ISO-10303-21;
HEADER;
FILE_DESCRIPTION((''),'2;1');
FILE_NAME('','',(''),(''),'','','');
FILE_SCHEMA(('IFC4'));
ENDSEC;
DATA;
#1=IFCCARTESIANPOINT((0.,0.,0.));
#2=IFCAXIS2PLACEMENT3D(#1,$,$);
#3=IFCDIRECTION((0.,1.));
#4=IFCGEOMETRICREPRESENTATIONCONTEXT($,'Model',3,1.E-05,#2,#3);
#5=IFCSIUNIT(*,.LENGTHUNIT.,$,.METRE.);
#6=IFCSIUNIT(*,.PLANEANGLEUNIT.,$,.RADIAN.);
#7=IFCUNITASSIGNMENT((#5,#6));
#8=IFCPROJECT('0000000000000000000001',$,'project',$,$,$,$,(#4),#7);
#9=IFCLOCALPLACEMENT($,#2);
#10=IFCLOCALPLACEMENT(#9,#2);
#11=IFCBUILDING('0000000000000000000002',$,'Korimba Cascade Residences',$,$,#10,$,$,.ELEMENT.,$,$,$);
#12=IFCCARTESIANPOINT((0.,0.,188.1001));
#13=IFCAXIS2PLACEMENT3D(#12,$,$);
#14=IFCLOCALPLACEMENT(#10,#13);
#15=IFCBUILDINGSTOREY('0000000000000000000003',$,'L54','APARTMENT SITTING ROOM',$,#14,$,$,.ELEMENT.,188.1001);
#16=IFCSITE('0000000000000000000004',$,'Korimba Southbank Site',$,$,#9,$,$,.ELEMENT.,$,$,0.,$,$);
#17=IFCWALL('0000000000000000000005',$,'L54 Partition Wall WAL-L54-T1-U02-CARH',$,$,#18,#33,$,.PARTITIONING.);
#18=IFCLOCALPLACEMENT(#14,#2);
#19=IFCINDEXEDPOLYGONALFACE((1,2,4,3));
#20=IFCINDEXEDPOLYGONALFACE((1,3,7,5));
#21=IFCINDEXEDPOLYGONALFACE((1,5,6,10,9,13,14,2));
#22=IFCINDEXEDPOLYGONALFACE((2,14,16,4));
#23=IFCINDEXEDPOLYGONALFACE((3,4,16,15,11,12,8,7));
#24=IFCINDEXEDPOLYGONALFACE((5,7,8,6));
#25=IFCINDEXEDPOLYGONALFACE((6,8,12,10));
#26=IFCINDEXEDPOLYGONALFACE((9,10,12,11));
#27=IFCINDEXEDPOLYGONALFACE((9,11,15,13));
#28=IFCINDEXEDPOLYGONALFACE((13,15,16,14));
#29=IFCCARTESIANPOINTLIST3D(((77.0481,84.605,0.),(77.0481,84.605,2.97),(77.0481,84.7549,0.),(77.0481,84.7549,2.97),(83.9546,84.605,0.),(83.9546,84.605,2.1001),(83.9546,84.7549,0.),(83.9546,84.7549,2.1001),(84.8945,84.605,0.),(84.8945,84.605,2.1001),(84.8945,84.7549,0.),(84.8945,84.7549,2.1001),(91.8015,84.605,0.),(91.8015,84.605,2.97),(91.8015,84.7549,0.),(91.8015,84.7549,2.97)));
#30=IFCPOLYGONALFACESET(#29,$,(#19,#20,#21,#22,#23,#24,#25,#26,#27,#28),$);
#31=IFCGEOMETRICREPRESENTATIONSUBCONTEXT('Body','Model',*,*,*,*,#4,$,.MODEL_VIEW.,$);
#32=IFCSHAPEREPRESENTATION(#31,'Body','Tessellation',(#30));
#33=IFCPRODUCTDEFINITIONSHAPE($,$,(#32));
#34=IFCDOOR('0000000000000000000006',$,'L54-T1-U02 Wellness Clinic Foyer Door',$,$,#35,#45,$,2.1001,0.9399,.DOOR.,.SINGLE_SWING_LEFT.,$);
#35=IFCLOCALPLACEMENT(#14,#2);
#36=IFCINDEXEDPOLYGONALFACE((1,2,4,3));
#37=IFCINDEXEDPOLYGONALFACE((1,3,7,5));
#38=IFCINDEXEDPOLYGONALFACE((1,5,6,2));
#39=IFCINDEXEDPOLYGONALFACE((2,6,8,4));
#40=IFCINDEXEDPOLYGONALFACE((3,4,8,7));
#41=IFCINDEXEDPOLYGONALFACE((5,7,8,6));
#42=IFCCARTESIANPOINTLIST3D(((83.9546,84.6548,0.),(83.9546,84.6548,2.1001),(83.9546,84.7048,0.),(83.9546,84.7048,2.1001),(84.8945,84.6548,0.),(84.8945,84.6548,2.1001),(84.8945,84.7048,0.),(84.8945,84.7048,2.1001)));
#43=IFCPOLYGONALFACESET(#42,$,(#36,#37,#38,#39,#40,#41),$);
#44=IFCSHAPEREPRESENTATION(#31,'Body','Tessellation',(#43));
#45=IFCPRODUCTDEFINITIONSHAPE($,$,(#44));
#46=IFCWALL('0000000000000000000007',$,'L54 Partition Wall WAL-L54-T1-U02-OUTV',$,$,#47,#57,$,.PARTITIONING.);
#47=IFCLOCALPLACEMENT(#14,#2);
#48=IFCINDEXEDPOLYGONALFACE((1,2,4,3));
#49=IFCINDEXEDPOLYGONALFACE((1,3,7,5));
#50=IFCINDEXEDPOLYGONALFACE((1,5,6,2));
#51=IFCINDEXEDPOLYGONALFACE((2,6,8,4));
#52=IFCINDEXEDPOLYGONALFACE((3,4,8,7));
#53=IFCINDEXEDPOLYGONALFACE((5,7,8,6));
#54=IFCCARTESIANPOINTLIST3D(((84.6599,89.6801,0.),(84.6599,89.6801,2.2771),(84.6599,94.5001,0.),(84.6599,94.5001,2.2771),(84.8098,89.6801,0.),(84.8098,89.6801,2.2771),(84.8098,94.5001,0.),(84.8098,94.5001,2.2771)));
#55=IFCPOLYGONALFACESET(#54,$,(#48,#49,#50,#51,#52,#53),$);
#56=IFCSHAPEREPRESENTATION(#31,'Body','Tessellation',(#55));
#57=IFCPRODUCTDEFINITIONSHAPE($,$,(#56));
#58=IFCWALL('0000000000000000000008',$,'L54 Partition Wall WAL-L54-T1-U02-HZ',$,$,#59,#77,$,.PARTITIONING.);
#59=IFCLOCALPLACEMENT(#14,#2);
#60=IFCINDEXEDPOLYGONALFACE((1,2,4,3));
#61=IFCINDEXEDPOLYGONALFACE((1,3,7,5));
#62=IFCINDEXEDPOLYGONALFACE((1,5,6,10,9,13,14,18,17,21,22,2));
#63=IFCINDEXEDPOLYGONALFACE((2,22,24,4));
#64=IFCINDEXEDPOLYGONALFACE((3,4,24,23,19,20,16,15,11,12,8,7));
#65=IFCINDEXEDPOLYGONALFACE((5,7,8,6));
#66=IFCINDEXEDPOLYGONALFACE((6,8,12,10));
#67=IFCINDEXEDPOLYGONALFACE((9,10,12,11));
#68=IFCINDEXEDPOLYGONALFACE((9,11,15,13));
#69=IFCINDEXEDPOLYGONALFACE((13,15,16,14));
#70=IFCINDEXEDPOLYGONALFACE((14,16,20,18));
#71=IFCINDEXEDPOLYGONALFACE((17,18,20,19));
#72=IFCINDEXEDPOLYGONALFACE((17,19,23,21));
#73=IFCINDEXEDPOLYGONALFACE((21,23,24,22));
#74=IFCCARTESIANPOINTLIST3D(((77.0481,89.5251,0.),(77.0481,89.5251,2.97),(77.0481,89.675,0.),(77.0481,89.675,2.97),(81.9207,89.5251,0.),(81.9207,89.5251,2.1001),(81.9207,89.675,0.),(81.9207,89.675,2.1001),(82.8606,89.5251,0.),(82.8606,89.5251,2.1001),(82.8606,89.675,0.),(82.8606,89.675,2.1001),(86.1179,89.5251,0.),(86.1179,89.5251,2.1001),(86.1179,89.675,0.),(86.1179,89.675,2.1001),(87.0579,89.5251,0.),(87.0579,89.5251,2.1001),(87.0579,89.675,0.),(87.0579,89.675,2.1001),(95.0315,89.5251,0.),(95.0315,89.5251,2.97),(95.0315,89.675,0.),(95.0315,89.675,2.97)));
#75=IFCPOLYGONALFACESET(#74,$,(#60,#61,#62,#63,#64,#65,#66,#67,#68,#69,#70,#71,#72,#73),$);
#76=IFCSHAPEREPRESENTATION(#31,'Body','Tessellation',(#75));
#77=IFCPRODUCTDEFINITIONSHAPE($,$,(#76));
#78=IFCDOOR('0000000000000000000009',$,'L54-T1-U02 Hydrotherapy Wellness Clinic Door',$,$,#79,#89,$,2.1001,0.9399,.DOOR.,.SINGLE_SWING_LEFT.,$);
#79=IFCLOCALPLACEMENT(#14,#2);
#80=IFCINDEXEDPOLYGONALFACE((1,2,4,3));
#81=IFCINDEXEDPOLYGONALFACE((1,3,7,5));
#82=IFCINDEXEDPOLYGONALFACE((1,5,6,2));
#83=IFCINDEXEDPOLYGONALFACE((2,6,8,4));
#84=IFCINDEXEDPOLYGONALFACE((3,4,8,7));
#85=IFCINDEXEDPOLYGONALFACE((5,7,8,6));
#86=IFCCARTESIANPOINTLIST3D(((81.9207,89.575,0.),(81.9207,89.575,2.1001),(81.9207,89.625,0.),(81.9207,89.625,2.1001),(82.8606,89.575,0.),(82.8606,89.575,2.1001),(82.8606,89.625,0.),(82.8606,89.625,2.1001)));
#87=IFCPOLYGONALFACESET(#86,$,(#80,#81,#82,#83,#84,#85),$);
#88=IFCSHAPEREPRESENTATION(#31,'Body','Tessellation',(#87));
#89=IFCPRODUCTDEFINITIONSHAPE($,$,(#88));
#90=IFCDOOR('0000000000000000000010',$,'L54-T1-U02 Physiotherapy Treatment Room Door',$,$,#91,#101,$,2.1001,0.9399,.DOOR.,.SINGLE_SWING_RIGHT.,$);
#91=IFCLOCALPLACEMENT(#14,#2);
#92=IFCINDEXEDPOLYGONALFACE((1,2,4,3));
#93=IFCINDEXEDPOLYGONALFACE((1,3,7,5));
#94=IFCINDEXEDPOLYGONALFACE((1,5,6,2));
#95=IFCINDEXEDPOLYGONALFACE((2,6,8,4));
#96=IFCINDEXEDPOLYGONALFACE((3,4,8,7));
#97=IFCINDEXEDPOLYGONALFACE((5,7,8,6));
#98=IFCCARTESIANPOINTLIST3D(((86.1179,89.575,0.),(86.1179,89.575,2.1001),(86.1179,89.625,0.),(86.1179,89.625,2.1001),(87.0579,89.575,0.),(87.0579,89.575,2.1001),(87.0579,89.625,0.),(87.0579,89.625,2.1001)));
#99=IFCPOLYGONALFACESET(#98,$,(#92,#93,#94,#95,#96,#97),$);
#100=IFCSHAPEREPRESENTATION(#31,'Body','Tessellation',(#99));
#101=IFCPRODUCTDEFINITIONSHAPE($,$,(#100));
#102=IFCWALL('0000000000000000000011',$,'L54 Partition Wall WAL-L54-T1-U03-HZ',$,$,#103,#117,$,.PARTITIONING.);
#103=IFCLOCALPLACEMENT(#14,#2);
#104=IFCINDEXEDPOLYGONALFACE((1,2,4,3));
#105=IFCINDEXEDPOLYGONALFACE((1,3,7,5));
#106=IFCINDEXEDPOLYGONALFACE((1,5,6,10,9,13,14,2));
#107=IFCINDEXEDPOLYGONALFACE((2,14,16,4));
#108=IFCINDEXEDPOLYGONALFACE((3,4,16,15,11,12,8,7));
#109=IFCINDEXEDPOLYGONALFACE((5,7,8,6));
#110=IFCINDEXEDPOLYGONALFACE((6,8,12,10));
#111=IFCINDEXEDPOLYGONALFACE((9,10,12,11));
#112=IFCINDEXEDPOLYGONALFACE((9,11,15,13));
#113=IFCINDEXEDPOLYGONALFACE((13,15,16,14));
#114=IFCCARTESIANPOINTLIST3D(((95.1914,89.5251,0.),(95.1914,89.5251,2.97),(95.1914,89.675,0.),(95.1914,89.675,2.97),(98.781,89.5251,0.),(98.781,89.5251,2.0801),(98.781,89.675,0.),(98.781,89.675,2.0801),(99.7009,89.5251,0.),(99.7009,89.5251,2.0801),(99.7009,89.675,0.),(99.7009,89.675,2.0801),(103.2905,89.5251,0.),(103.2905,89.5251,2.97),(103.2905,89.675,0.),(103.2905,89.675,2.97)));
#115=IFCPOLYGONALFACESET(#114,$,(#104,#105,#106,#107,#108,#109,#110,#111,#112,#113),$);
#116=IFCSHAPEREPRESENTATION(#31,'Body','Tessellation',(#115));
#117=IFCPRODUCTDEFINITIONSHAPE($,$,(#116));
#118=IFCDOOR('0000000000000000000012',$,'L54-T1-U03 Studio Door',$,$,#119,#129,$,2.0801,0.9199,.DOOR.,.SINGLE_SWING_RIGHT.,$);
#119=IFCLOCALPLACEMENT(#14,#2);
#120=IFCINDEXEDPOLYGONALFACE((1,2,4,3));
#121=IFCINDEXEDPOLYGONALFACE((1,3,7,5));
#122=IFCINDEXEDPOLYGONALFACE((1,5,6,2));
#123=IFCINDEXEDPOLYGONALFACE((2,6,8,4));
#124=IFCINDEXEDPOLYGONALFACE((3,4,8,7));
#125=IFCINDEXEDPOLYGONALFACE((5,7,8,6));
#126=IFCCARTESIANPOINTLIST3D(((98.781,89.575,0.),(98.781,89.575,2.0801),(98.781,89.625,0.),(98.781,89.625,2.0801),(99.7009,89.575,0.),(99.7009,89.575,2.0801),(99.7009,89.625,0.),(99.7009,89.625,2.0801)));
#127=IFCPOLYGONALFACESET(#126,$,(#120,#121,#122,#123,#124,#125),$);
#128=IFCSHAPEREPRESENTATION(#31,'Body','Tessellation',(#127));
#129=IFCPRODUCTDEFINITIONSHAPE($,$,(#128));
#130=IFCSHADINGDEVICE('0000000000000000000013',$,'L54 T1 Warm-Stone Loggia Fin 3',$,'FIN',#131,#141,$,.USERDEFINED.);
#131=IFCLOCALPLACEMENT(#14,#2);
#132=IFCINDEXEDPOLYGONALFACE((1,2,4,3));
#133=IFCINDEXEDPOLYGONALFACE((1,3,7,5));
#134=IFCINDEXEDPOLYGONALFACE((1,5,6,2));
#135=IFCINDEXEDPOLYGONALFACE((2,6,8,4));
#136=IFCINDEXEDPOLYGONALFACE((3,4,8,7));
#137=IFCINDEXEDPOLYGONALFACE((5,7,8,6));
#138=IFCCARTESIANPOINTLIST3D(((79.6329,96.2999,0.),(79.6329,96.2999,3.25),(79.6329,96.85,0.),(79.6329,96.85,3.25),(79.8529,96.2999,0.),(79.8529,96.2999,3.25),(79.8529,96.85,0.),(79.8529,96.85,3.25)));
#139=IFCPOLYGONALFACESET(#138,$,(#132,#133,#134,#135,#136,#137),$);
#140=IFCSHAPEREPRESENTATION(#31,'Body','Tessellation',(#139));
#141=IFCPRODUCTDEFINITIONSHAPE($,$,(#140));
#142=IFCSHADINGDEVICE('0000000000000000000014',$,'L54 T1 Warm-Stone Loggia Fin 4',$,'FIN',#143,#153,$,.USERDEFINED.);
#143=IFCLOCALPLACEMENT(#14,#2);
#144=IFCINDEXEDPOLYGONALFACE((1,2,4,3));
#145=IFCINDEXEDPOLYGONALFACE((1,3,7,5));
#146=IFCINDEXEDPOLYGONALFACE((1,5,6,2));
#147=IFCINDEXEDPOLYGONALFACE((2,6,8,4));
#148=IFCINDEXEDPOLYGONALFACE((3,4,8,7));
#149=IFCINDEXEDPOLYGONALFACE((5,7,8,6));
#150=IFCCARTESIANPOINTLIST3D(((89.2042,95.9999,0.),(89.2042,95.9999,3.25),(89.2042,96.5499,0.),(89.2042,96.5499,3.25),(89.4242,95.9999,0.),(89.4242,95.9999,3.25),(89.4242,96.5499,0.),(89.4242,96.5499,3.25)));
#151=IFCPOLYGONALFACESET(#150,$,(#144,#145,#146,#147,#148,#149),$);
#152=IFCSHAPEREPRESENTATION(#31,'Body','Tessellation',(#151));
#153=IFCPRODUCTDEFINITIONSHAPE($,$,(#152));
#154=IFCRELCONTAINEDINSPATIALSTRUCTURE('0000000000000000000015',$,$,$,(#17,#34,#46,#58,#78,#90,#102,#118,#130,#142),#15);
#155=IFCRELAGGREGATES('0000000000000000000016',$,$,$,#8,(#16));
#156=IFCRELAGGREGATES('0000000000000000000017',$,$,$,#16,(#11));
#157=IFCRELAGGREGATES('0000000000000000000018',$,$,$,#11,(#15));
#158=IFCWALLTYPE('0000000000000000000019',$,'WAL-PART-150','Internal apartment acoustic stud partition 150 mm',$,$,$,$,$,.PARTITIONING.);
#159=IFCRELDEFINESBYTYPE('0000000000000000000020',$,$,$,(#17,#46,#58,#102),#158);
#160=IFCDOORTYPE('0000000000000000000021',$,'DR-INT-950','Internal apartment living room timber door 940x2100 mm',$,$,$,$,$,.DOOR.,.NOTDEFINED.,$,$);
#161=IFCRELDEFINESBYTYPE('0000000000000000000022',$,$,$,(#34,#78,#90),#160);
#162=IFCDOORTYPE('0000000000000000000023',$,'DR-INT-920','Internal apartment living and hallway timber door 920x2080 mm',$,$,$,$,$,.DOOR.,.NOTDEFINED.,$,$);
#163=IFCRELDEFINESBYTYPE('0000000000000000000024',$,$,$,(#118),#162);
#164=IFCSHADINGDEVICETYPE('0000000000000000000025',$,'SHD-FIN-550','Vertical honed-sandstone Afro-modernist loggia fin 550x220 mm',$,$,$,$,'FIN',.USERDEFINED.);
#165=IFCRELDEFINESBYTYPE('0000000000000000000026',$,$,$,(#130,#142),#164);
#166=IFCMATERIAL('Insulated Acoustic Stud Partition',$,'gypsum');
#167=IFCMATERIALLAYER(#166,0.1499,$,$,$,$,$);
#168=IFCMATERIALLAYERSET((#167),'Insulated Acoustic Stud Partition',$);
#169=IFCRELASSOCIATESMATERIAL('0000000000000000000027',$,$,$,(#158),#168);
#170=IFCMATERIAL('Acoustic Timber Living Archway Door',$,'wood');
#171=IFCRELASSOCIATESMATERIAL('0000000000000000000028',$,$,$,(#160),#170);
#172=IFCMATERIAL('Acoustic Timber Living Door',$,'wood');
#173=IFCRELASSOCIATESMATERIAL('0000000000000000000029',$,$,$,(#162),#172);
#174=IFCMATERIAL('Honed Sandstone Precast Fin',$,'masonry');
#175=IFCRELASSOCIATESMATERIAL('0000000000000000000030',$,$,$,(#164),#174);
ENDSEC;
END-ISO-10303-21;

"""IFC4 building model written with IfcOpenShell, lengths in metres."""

from ifc_helpers import new_model, si_unit, direction, frame, frame_2d, origin, origin_2d, place, context, subcontext, project, spatial, rectangle, extrude, material, layer, layer_set, type_object, element, fill, save


model = new_model("IFC4")

# Units and contexts
model_context = context("Model", 3, precision=1e-05, world=origin(), true_north=direction((0.0, 1.0)))
body_context = subcontext(model_context, "Body", "Model", "MODEL_VIEW")
ifc_project = project(units=[si_unit("LENGTHUNIT", "METRE"), si_unit("PLANEANGLEUNIT", "RADIAN")], contexts=[model_context])

# Site, building, storey
site_placement = place(None, origin())
site = spatial("IfcSite", under=ifc_project, at=site_placement, Name="Korimba Southbank Site", CompositionType="ELEMENT", RefElevation=0.0)
building_placement = place(site_placement, origin())
building = spatial("IfcBuilding", under=site, at=building_placement, Name="Korimba Cascade Residences", CompositionType="ELEMENT")
storey_placement = place(building_placement, frame((0.0, 0.0, 188.1001)))
storey = spatial("IfcBuildingStorey", under=building, at=storey_placement, Name="L54", Description="APARTMENT SITTING ROOM", CompositionType="ELEMENT", Elevation=188.1001)

# Wall, opening, door
ifc_material_1 = material(Name="Insulated Acoustic Stud Partition", Category="gypsum")
ifc_layer = layer(ifc_material_1, 0.1499)
ifc_layer_set = layer_set([ifc_layer], Name="Insulated Acoustic Stud Partition")
wall_type = type_object("IfcWallType", Name="WAL-PART-150", Description="Internal apartment acoustic stud partition 150 mm", PredefinedType="PARTITIONING", material=ifc_layer_set)
wall_1_placement = place(storey_placement, frame((77.0481, 84.6799, 0.0), z_axis=(0.0, 0.0, 1.0), x_axis=(1.0, 0.0, 0.0)))
wall_1 = element("IfcWall", 1, at=wall_1_placement, inside=storey, type_object=wall_type, Name="L54 Partition Wall WAL-L54-T1-U02-CARH", PredefinedType="PARTITIONING", context=body_context, shape_type="SweptSolid", body=[
    extrude(rectangle(XDim=14.7534, YDim=0.1499, at=frame_2d((7.3767, 0.0))), origin(), (0.0, 0.0, 1.0), 2.97),
])
opening_1_placement = place(wall_1_placement, frame((6.9065, 0.0, 0.0)))
opening_1 = element("IfcOpeningElement", 2, at=opening_1_placement, cuts=wall_1, PredefinedType="OPENING", context=body_context, shape_type="SweptSolid", body=[
    extrude(rectangle(XDim=0.9399, YDim=2.1001, at=frame_2d((0.47, 1.05))), frame((0.0, 0.085, 0.0), z_axis=(0.0, -1.0, 0.0), x_axis=(1.0, 0.0, 0.0)), (0.0, 0.0, 1.0), 0.1699),
])
ifc_material_2 = material(Name="Acoustic Timber Living Archway Door", Category="wood")
door_type_1 = type_object("IfcDoorType", Name="DR-INT-950", Description="Internal apartment living room timber door 940x2100 mm", OperationType="NOTDEFINED", PredefinedType="DOOR", material=ifc_material_2)
door_1_placement = place(opening_1_placement, origin())
door_1 = element("IfcDoor", 3, at=door_1_placement, inside=storey, type_object=door_type_1, Name="L54-T1-U02 Wellness Clinic Foyer Door", OperationType="SINGLE_SWING_LEFT", OverallHeight=2.1001, OverallWidth=0.9399, PredefinedType="DOOR", context=body_context, shape_type="SweptSolid", body=[
    extrude(rectangle(XDim=0.9399, YDim=2.1001, at=frame_2d((0.47, 1.05))), frame((0.0, 0.0249, 0.0), z_axis=(0.0, -1.0, 0.0), x_axis=(1.0, 0.0, 0.0)), (0.0, 0.0, 1.0), 0.05),
])
fill(opening_1, door_1)

# Wall
wall_2_placement = place(storey_placement, frame((84.7349, 89.6799, 0.0), z_axis=(0.0, 0.0, 1.0), x_axis=(0.0, 1.0, 0.0)))
element("IfcWall", 4, at=wall_2_placement, inside=storey, type_object=wall_type, Name="L54 Partition Wall WAL-L54-T1-U02-OUTV", PredefinedType="PARTITIONING", context=body_context, shape_type="SweptSolid", body=[
    extrude(rectangle(XDim=4.8201, YDim=0.1499, at=frame_2d((2.4102, 0.0))), origin(), (0.0, 0.0, 1.0), 2.2771),
])

# Wall, openings, doors
wall_3_placement = place(storey_placement, frame((77.0481, 89.6001, 0.0), z_axis=(0.0, 0.0, 1.0), x_axis=(1.0, 0.0, 0.0)))
wall_3 = element("IfcWall", 5, at=wall_3_placement, inside=storey, type_object=wall_type, Name="L54 Partition Wall WAL-L54-T1-U02-HZ", PredefinedType="PARTITIONING", context=body_context, shape_type="SweptSolid", body=[
    extrude(rectangle(XDim=17.9834, YDim=0.1499, at=frame_2d((8.9917, 0.0))), origin(), (0.0, 0.0, 1.0), 2.97),
])
opening_2_placement = place(wall_3_placement, frame((4.8726, 0.0, 0.0)))
opening_2 = element("IfcOpeningElement", 6, at=opening_2_placement, cuts=wall_3, PredefinedType="OPENING", context=body_context, shape_type="SweptSolid", body=[
    extrude(rectangle(XDim=0.9399, YDim=2.1001, at=frame_2d((0.47, 1.05))), frame((0.0, 0.085, 0.0), z_axis=(0.0, -1.0, 0.0), x_axis=(1.0, 0.0, 0.0)), (0.0, 0.0, 1.0), 0.1699),
])
opening_3_placement = place(wall_3_placement, frame((9.0698, 0.0, 0.0)))
opening_3 = element("IfcOpeningElement", 7, at=opening_3_placement, cuts=wall_3, PredefinedType="OPENING", context=body_context, shape_type="SweptSolid", body=[
    extrude(rectangle(XDim=0.9399, YDim=2.1001, at=frame_2d((0.47, 1.05))), frame((0.0, 0.085, 0.0), z_axis=(0.0, -1.0, 0.0), x_axis=(1.0, 0.0, 0.0)), (0.0, 0.0, 1.0), 0.1699),
])
door_2_placement = place(opening_2_placement, origin())
door_2 = element("IfcDoor", 8, at=door_2_placement, inside=storey, type_object=door_type_1, Name="L54-T1-U02 Hydrotherapy Wellness Clinic Door", OperationType="SINGLE_SWING_LEFT", OverallHeight=2.1001, OverallWidth=0.9399, PredefinedType="DOOR", context=body_context, shape_type="SweptSolid", body=[
    extrude(rectangle(XDim=0.9399, YDim=2.1001, at=frame_2d((0.47, 1.05))), frame((0.0, 0.0249, 0.0), z_axis=(0.0, -1.0, 0.0), x_axis=(1.0, 0.0, 0.0)), (0.0, 0.0, 1.0), 0.05),
])
fill(opening_2, door_2)
door_3_placement = place(opening_3_placement, origin())
door_3 = element("IfcDoor", 9, at=door_3_placement, inside=storey, type_object=door_type_1, Name="L54-T1-U02 Physiotherapy Treatment Room Door", OperationType="SINGLE_SWING_RIGHT", OverallHeight=2.1001, OverallWidth=0.9399, PredefinedType="DOOR", context=body_context, shape_type="SweptSolid", body=[
    extrude(rectangle(XDim=0.9399, YDim=2.1001, at=frame_2d((0.47, 1.05))), frame((0.0, 0.0249, 0.0), z_axis=(0.0, -1.0, 0.0), x_axis=(1.0, 0.0, 0.0)), (0.0, 0.0, 1.0), 0.05),
])
fill(opening_3, door_3)

# Wall, opening, door
wall_4_placement = place(storey_placement, frame((95.1914, 89.6001, 0.0), z_axis=(0.0, 0.0, 1.0), x_axis=(1.0, 0.0, 0.0)))
wall_4 = element("IfcWall", 10, at=wall_4_placement, inside=storey, type_object=wall_type, Name="L54 Partition Wall WAL-L54-T1-U03-HZ", PredefinedType="PARTITIONING", context=body_context, shape_type="SweptSolid", body=[
    extrude(rectangle(XDim=8.0991, YDim=0.1499, at=frame_2d((4.0496, 0.0))), origin(), (0.0, 0.0, 1.0), 2.97),
])
opening_4_placement = place(wall_4_placement, frame((3.5896, 0.0, 0.0)))
opening_4 = element("IfcOpeningElement", 11, at=opening_4_placement, cuts=wall_4, PredefinedType="OPENING", context=body_context, shape_type="SweptSolid", body=[
    extrude(rectangle(XDim=0.9199, YDim=2.0801, at=frame_2d((0.46, 1.04))), frame((0.0, 0.085, 0.0), z_axis=(0.0, -1.0, 0.0), x_axis=(1.0, 0.0, 0.0)), (0.0, 0.0, 1.0), 0.1699),
])
ifc_material_3 = material(Name="Acoustic Timber Living Door", Category="wood")
door_type_2 = type_object("IfcDoorType", Name="DR-INT-920", Description="Internal apartment living and hallway timber door 920x2080 mm", OperationType="NOTDEFINED", PredefinedType="DOOR", material=ifc_material_3)
door_4_placement = place(opening_4_placement, origin())
door_4 = element("IfcDoor", 12, at=door_4_placement, inside=storey, type_object=door_type_2, Name="L54-T1-U03 Studio Door", OperationType="SINGLE_SWING_RIGHT", OverallHeight=2.0801, OverallWidth=0.9199, PredefinedType="DOOR", context=body_context, shape_type="SweptSolid", body=[
    extrude(rectangle(XDim=0.9199, YDim=2.0801, at=frame_2d((0.46, 1.04))), frame((0.0, 0.0249, 0.0), z_axis=(0.0, -1.0, 0.0), x_axis=(1.0, 0.0, 0.0)), (0.0, 0.0, 1.0), 0.05),
])
fill(opening_4, door_4)

# Shading devices
ifc_material_4 = material(Name="Honed Sandstone Precast Fin", Category="masonry")
shading_device_type = type_object("IfcShadingDeviceType", Name="SHD-FIN-550", Description="Vertical honed-sandstone Afro-modernist loggia fin 550x220 mm", ElementType="FIN", PredefinedType="USERDEFINED", material=ifc_material_4)
for number, where, z_axis, x_axis, name in (
    (13, (79.7429, 96.575, 0.0), (0.0, 0.0, 1.0), (1.0, 0.0, 0.0), "L54 T1 Warm-Stone Loggia Fin 3"),
    (14, (89.3142, 96.2749, 0.0), (0.0, 0.0, 1.0), (1.0, 0.0, 0.0), "L54 T1 Warm-Stone Loggia Fin 4"),
):
    element("IfcShadingDevice", number, at=place(storey_placement, frame(where, z_axis=z_axis, x_axis=x_axis)), inside=storey, type_object=shading_device_type, Name=name, ObjectType="FIN", PredefinedType="USERDEFINED", context=body_context, shape_type="SweptSolid", body=[
        extrude(rectangle(XDim=0.22, YDim=0.55, at=origin_2d()), origin(), (0.0, 0.0, 1.0), 3.25),
    ])

save(model, "model.ifc")
